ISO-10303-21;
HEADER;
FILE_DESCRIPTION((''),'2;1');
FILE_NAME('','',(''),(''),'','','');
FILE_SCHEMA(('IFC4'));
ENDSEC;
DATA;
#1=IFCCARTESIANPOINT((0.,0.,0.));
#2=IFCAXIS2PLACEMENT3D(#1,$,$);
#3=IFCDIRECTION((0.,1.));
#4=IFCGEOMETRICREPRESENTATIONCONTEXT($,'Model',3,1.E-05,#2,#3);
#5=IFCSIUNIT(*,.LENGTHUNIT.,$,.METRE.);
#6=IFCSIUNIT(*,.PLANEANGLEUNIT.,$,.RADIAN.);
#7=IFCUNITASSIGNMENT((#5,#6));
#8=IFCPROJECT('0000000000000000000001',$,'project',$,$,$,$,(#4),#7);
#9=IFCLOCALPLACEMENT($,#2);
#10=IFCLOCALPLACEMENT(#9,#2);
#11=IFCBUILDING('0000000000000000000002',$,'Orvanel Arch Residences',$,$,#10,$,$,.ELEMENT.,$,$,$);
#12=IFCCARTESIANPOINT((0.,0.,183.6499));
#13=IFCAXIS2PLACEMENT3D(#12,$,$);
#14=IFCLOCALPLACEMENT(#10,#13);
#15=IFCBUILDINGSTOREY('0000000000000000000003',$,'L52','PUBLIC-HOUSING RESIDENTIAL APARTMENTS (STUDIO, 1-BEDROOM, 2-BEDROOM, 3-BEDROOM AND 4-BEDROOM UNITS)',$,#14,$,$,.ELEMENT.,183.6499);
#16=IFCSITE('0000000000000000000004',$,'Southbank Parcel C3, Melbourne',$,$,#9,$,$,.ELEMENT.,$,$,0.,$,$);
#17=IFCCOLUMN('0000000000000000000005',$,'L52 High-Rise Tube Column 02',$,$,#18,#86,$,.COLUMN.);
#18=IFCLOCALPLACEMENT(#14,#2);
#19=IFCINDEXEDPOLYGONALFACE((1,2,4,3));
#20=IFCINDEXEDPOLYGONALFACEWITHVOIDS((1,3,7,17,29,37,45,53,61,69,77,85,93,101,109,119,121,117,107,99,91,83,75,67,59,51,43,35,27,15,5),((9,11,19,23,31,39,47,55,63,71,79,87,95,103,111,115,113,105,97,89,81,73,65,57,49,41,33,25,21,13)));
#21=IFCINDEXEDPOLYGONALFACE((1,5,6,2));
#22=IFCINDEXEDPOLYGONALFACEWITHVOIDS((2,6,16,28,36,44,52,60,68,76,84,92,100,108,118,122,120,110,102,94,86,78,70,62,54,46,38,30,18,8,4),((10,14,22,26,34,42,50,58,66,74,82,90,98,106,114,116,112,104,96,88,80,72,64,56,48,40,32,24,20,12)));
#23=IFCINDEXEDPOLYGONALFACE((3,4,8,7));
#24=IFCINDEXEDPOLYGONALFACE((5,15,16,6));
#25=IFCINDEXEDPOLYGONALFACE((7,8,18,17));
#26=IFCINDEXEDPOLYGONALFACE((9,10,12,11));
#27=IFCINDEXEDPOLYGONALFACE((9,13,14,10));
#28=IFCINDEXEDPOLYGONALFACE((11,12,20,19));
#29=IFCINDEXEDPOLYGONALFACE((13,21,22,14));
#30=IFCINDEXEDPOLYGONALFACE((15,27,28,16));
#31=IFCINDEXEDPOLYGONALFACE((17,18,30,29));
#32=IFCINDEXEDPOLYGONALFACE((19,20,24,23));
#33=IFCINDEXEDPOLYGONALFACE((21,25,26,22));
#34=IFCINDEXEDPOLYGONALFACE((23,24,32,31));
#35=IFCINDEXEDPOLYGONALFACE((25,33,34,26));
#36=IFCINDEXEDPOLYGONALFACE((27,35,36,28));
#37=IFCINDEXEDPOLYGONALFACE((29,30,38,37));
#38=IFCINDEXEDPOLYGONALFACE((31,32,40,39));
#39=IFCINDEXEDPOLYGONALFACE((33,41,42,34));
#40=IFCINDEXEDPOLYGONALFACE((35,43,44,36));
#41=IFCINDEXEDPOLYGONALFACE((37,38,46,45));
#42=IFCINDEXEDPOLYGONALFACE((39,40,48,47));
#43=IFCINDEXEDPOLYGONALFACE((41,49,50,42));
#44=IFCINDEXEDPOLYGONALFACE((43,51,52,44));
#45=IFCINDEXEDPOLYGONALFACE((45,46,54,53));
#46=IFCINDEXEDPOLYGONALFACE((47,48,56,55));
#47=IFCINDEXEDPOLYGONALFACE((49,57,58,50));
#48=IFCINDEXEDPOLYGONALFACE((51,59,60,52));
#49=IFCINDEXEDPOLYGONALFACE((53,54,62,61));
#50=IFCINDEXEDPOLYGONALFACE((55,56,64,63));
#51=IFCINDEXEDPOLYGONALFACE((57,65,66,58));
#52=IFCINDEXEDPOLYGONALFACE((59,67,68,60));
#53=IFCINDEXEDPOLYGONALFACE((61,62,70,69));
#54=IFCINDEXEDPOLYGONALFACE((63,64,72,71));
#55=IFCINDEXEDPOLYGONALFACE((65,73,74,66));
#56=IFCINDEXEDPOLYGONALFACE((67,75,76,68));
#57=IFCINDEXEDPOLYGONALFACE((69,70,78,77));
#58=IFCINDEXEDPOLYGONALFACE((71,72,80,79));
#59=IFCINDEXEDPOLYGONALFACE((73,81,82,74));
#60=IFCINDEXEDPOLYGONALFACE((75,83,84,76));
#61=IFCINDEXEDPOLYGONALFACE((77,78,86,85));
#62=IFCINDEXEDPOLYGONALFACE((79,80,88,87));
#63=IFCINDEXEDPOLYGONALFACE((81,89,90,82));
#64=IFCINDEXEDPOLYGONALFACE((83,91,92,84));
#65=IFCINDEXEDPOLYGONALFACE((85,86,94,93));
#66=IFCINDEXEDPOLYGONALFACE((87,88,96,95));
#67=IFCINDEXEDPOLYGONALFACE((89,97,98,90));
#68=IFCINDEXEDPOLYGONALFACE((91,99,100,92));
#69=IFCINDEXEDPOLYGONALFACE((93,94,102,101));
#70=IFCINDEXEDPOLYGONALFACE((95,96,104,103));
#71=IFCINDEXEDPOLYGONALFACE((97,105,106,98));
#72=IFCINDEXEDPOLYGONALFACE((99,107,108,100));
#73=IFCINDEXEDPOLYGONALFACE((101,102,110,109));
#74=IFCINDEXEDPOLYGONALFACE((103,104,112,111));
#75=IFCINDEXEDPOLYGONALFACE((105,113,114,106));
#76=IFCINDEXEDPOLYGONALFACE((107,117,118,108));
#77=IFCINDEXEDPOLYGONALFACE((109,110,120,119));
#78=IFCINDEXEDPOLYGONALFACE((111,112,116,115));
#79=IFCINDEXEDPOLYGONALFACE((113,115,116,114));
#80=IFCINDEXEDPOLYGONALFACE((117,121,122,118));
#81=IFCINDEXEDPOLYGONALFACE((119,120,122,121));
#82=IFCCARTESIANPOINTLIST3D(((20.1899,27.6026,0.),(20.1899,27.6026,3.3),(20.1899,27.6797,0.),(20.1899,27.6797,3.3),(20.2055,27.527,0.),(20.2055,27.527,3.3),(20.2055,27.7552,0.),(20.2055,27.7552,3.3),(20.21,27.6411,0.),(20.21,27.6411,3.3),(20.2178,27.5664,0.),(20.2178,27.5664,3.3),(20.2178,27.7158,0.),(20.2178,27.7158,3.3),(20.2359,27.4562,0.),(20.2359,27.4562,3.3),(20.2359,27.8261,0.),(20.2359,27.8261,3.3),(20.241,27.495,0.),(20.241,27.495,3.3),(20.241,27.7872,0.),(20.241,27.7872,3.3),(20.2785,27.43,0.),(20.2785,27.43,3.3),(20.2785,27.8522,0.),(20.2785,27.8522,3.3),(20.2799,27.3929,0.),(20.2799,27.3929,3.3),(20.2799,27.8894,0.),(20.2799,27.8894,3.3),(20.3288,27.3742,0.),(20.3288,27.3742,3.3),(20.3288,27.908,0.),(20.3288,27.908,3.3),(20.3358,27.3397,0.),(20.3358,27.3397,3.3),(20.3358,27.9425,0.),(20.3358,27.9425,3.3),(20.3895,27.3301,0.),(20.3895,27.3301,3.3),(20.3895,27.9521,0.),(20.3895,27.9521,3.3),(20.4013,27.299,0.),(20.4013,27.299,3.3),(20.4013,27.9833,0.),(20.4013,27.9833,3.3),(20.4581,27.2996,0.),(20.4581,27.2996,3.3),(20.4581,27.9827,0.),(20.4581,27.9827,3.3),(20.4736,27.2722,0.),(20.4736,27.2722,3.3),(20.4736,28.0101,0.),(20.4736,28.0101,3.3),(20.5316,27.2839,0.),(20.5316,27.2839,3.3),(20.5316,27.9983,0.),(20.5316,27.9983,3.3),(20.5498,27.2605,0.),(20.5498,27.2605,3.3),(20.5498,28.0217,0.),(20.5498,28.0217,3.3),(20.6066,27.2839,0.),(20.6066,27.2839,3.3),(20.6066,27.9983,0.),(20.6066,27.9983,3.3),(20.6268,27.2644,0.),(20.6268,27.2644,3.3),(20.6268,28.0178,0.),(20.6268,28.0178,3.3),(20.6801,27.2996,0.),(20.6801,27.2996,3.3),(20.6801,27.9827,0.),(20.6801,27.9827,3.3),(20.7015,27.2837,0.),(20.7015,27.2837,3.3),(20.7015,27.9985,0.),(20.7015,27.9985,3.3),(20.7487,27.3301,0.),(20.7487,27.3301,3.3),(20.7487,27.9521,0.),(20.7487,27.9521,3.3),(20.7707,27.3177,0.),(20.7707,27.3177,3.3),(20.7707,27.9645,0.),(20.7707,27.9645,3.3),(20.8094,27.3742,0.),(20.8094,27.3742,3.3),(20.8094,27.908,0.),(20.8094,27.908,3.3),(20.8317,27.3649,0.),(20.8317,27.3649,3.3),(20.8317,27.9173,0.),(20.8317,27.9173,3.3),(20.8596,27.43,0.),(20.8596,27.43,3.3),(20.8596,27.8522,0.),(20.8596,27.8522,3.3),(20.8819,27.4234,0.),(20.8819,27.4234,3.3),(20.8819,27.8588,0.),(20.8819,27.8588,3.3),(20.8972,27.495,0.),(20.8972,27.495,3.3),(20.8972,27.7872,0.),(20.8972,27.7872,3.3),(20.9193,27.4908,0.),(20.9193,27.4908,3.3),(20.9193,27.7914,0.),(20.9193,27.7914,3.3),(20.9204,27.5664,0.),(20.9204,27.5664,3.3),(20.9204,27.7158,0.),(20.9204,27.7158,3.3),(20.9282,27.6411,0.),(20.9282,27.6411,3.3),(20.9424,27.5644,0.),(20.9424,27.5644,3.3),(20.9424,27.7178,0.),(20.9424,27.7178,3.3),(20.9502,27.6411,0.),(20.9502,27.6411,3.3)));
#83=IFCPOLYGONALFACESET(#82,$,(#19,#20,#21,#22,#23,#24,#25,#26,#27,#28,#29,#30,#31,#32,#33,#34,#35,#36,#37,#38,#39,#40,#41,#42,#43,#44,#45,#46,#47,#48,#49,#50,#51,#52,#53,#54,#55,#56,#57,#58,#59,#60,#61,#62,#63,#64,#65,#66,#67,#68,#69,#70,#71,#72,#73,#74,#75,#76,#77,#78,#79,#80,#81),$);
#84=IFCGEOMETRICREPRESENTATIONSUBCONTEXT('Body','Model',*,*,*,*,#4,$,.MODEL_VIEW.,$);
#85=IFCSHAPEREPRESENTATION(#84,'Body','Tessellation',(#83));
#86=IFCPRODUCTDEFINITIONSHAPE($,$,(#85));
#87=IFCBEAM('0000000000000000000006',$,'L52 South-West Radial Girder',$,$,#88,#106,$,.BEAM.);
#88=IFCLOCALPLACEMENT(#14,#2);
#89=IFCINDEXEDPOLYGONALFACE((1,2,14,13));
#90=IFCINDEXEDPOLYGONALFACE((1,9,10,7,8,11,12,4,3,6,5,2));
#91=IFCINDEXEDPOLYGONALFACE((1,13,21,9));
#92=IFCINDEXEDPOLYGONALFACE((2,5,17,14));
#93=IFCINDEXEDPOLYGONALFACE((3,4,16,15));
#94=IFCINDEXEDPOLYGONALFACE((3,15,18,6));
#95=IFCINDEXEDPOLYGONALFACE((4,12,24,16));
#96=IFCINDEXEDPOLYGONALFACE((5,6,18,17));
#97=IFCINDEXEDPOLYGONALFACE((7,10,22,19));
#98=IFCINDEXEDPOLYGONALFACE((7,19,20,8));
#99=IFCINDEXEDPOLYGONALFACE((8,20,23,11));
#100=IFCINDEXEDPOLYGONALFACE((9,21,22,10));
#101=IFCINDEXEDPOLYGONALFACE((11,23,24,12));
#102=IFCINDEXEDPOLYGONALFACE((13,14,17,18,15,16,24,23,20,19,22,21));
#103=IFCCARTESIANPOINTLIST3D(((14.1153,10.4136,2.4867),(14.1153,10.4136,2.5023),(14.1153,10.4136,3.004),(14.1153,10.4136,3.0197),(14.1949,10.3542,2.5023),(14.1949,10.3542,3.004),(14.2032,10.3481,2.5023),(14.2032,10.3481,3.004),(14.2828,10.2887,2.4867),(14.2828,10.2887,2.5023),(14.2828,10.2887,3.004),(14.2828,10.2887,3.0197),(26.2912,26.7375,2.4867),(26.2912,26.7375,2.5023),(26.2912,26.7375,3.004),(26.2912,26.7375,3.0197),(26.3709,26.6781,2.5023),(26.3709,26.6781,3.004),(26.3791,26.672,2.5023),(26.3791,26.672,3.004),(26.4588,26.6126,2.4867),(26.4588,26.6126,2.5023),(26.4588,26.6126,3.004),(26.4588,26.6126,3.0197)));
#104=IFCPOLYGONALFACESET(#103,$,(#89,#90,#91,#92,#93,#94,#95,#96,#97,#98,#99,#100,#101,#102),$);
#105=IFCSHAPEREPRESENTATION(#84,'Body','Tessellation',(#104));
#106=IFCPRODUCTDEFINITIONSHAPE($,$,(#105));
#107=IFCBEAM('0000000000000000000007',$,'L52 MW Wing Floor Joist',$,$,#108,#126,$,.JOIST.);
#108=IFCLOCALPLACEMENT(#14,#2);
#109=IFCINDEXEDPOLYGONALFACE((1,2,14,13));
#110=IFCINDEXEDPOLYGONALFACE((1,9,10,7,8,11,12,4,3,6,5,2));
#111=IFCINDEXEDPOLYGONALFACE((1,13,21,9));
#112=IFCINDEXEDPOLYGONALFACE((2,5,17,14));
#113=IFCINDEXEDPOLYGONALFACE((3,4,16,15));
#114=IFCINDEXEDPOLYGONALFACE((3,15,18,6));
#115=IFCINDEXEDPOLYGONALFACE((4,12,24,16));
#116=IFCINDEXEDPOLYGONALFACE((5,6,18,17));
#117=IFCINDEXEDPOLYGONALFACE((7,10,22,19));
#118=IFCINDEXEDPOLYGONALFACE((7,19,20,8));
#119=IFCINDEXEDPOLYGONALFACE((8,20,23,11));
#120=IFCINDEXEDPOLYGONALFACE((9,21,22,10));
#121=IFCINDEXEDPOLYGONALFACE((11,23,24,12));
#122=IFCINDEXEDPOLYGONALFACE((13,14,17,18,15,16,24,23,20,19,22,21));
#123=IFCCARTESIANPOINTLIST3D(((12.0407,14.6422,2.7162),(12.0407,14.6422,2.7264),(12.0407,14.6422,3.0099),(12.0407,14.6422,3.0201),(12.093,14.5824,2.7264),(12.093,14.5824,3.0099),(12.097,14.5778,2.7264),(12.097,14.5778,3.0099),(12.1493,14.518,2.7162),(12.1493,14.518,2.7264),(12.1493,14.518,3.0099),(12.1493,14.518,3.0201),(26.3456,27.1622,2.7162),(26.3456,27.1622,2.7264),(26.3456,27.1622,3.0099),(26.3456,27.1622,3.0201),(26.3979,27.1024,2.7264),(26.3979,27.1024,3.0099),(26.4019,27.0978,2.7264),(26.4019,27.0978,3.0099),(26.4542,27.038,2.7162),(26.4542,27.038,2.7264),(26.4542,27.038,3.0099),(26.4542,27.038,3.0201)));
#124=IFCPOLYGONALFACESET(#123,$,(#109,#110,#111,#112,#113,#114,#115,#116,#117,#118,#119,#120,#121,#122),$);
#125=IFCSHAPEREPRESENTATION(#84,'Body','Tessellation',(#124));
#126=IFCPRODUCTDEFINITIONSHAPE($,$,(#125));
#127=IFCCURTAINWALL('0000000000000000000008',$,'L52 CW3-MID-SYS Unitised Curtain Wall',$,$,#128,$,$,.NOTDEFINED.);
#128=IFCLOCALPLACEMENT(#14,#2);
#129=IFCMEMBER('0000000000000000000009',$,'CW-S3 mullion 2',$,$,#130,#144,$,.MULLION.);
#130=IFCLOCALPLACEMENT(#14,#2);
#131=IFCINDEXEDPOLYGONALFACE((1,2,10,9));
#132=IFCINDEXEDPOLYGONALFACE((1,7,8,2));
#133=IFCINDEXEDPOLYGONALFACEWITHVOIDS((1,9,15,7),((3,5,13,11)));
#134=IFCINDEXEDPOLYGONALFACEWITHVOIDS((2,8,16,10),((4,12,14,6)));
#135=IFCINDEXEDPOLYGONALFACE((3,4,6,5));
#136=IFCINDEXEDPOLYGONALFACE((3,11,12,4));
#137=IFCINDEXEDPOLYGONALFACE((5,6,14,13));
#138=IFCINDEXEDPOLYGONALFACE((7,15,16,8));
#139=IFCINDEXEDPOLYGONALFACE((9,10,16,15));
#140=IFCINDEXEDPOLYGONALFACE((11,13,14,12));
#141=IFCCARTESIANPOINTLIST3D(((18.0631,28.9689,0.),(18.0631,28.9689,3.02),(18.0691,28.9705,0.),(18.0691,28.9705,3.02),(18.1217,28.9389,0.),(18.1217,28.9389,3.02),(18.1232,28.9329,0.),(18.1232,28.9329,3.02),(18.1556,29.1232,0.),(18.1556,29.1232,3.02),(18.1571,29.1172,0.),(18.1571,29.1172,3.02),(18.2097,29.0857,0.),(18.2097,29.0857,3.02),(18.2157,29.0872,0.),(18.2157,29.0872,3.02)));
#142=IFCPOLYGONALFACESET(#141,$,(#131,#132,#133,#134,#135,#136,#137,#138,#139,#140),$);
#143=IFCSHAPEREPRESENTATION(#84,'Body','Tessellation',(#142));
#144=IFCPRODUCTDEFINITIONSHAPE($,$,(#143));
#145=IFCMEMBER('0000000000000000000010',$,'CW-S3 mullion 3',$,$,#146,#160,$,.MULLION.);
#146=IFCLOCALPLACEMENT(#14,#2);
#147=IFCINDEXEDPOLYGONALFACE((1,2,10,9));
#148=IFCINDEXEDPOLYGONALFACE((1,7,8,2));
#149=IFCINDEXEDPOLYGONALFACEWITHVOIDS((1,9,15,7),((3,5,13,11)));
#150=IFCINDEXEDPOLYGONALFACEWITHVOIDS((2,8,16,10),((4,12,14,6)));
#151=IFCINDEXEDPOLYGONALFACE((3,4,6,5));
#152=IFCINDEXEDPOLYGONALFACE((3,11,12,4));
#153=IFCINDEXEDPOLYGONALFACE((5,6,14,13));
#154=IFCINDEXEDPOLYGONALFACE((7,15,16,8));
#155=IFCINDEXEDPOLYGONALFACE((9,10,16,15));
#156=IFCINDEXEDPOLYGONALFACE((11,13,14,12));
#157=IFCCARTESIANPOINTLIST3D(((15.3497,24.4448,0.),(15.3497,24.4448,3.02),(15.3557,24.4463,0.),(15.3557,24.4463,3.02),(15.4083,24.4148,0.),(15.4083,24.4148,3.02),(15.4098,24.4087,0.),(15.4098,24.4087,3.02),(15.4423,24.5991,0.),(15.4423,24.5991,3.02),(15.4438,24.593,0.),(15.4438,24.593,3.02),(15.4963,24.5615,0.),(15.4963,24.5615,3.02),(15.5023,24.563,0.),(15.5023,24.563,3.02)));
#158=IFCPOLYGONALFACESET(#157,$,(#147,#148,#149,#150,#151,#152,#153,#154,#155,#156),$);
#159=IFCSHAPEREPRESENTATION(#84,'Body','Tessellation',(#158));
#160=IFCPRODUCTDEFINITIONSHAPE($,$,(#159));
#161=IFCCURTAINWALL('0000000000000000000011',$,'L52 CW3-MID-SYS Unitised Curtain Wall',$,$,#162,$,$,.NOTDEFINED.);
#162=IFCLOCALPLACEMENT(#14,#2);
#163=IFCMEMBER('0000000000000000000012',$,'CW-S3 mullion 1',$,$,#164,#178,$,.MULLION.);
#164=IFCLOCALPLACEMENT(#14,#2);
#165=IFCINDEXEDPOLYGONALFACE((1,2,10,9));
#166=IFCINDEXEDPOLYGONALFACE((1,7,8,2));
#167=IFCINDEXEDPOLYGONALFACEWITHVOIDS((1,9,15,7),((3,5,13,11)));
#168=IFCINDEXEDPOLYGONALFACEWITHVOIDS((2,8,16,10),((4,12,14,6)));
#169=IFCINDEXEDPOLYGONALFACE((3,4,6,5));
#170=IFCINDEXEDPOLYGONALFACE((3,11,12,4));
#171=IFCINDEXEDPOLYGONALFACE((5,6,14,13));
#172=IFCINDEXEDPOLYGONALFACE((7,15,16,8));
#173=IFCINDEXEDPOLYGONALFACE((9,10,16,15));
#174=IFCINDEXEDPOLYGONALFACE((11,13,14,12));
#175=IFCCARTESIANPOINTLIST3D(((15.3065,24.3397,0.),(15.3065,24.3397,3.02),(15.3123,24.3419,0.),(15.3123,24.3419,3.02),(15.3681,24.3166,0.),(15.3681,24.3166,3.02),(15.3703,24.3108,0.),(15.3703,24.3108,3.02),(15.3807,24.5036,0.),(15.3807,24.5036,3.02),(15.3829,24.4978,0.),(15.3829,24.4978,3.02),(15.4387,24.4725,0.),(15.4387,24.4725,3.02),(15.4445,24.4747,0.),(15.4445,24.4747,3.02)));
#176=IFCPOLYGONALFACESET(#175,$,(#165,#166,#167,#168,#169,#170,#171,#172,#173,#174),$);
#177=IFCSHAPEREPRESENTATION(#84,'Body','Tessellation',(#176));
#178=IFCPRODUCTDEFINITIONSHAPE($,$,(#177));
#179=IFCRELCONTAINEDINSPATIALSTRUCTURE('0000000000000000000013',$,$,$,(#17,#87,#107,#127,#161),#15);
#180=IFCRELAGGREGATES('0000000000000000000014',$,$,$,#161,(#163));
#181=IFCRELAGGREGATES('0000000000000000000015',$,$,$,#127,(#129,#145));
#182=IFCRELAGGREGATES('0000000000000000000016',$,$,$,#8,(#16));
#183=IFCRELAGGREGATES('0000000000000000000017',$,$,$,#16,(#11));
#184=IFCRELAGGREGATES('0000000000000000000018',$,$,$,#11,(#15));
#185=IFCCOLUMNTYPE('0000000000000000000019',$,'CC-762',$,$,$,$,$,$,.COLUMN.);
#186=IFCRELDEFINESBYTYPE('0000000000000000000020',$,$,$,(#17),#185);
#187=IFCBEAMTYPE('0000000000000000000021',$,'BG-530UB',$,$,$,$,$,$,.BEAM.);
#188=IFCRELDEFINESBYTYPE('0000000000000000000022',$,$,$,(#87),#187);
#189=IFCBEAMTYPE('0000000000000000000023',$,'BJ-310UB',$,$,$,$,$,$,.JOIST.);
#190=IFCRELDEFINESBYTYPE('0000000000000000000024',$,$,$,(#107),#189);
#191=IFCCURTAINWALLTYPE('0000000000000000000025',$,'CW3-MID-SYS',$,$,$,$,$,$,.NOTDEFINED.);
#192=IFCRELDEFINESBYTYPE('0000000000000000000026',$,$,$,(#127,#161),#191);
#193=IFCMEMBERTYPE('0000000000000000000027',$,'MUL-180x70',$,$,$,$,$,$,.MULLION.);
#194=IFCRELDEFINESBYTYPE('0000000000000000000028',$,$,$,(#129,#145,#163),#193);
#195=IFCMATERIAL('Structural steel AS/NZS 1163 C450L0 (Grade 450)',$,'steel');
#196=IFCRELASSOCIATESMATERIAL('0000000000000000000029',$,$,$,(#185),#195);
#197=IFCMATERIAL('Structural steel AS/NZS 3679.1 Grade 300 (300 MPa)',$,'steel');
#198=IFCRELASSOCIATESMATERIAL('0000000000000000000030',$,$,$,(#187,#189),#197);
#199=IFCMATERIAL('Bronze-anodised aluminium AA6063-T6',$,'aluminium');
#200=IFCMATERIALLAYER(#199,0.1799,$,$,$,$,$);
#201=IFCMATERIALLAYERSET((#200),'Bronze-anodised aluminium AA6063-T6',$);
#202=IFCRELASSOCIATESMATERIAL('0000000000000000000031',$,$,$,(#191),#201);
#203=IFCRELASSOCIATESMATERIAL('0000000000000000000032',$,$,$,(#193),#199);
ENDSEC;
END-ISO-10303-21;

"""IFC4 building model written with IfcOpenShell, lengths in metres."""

from ifc_helpers import new_model, si_unit, direction, frame, origin, origin_2d, place, context, subcontext, project, spatial, hollow_rectangle, hollow_circle, i_section, extrude, material, layer, layer_set, material_profile, profile_set, type_object, element, aggregate, save


model = new_model("IFC4")

# Units and contexts
model_context = context("Model", 3, precision=1e-05, world=origin(), true_north=direction((0.0, 1.0)))
body_context = subcontext(model_context, "Body", "Model", "MODEL_VIEW")
ifc_project = project(units=[si_unit("LENGTHUNIT", "METRE"), si_unit("PLANEANGLEUNIT", "RADIAN")], contexts=[model_context])

# Site, building, storey
site_placement = place(None, origin())
site = spatial("IfcSite", under=ifc_project, at=site_placement, Name="Southbank Parcel C3, Melbourne", CompositionType="ELEMENT", RefElevation=0.0)
building_placement = place(site_placement, origin())
building = spatial("IfcBuilding", under=site, at=building_placement, Name="Orvanel Arch Residences", CompositionType="ELEMENT")
storey_placement = place(building_placement, frame((0.0, 0.0, 183.6499)))
storey = spatial("IfcBuildingStorey", under=building, at=storey_placement, Name="L52", Description="PUBLIC-HOUSING RESIDENTIAL APARTMENTS (STUDIO, 1-BEDROOM, 2-BEDROOM, 3-BEDROOM AND 4-BEDROOM UNITS)", CompositionType="ELEMENT", Elevation=183.6499)

# Column
ifc_material_1 = material(Name="Structural steel AS/NZS 1163 C450L0 (Grade 450)", Category="steel")
ifc_material_profile_1 = material_profile(ifc_material_1, hollow_circle(Radius=0.3811, WallThickness=0.022, at=origin_2d()), Name="CHS762x22")
ifc_profile_set_1 = profile_set([ifc_material_profile_1], Name="Structural steel AS/NZS 1163 C450L0 (Grade 450)")
column_type = type_object("IfcColumnType", Name="CC-762", PredefinedType="COLUMN", material=ifc_profile_set_1)
column_placement = place(storey_placement, frame((20.5691, 27.6411, 0.0), z_axis=(0.0, 0.0, 1.0), x_axis=(1.0, 0.0, 0.0)))
element("IfcColumn", 1, at=column_placement, inside=storey, type_object=column_type, Name="L52 High-Rise Tube Column 02", PredefinedType="COLUMN", context=body_context, shape_type="SweptSolid", body=[
    extrude(hollow_circle(Radius=0.3811, WallThickness=0.022, at=origin_2d()), origin(), (0.0, 0.0, 1.0), 3.3),
])

# Beams
ifc_material_2 = material(Name="Structural steel AS/NZS 3679.1 Grade 300 (300 MPa)", Category="steel")
ifc_material_profile_2 = material_profile(ifc_material_2, i_section(OverallWidth=0.209, OverallDepth=0.533, WebThickness=0.0103, FlangeThickness=0.0156, at=origin_2d()), Name="530UB92.4")
ifc_profile_set_2 = profile_set([ifc_material_profile_2], Name="Structural steel AS/NZS 3679.1 Grade 300 (300 MPa)")
beam_type_1 = type_object("IfcBeamType", Name="BG-530UB", PredefinedType="BEAM", material=ifc_profile_set_2)
beam_1_placement = place(storey_placement, frame((26.375, 26.675, 2.7532), z_axis=(-0.597894, -0.801575, 0.0), x_axis=(0.801575, -0.597894, 0.0)))
element("IfcBeam", 2, at=beam_1_placement, inside=storey, type_object=beam_type_1, Name="L52 South-West Radial Girder", PredefinedType="BEAM", context=body_context, shape_type="SweptSolid", body=[
    extrude(i_section(OverallWidth=0.209, OverallDepth=0.533, WebThickness=0.0103, FlangeThickness=0.0156, at=origin_2d()), origin(), (0.0, 0.0, 1.0), 20.3647),
])
ifc_material_profile_3 = material_profile(ifc_material_2, i_section(OverallWidth=0.165, OverallDepth=0.304, WebThickness=0.0061, FlangeThickness=0.0103, at=origin_2d()), Name="310UB40.4")
ifc_profile_set_3 = profile_set([ifc_material_profile_3], Name="Structural steel AS/NZS 3679.1 Grade 300 (300 MPa)")
beam_type_2 = type_object("IfcBeamType", Name="BJ-310UB", PredefinedType="JOIST", material=ifc_profile_set_3)
beam_2_placement = place(storey_placement, frame((26.3999, 27.1001, 2.8682), z_axis=(-0.752493, -0.6586, 0.0), x_axis=(0.6586, -0.752493, 0.0)))
element("IfcBeam", 3, at=beam_2_placement, inside=storey, type_object=beam_type_2, Name="L52 MW Wing Floor Joist", PredefinedType="JOIST", context=body_context, shape_type="SweptSolid", body=[
    extrude(i_section(OverallWidth=0.165, OverallDepth=0.304, WebThickness=0.0061, FlangeThickness=0.0103, at=origin_2d()), origin(), (0.0, 0.0, 1.0), 19.01),
])

# Curtain wall, members
ifc_material_3 = material(Name="Bronze-anodised aluminium AA6063-T6", Category="aluminium")
ifc_layer_1 = layer(ifc_material_3, 0.1799)
ifc_layer_set_1 = layer_set([ifc_layer_1], Name="Bronze-anodised aluminium AA6063-T6")
curtain_wall_type = type_object("IfcCurtainWallType", Name="CW3-MID-SYS", PredefinedType="NOTDEFINED", material=ifc_layer_set_1)
curtain_wall_1_placement = place(storey_placement, origin())
curtain_wall_1 = element("IfcCurtainWall", 4, at=curtain_wall_1_placement, inside=storey, type_object=curtain_wall_type, Name="L52 CW3-MID-SYS Unitised Curtain Wall", PredefinedType="NOTDEFINED")
ifc_material_profile_4 = material_profile(ifc_material_3, hollow_rectangle(XDim=0.0701, YDim=0.1799, WallThickness=0.0044, at=origin_2d()), Name="ALU180x70x4.5")
ifc_profile_set_4 = profile_set([ifc_material_profile_4], Name="Bronze-anodised aluminium AA6063-T6")
member_type_1 = type_object("IfcMemberType", Name="MUL-180x70", PredefinedType="MULLION", material=ifc_profile_set_4)
member_1_placement = place(storey_placement, frame((18.1394, 29.0281, 0.0), z_axis=(0.0, 0.0, 1.0), x_axis=(0.857568, -0.514371, 0.0)))
member_1 = element("IfcMember", 5, at=member_1_placement, type_object=member_type_1, Name="CW-S3 mullion 2", PredefinedType="MULLION", context=body_context, shape_type="SweptSolid", body=[
    extrude(hollow_rectangle(XDim=0.0701, YDim=0.1799, WallThickness=0.0044, at=origin_2d()), origin(), (0.0, 0.0, 1.0), 3.02),
])
member_2_placement = place(storey_placement, frame((15.426, 24.5039, 0.0), z_axis=(0.0, 0.0, 1.0), x_axis=(0.857568, -0.514371, 0.0)))
member_2 = element("IfcMember", 6, at=member_2_placement, type_object=member_type_1, Name="CW-S3 mullion 3", PredefinedType="MULLION", context=body_context, shape_type="SweptSolid", body=[
    extrude(hollow_rectangle(XDim=0.0701, YDim=0.1799, WallThickness=0.0044, at=origin_2d()), origin(), (0.0, 0.0, 1.0), 3.02),
])

# Curtain wall, member
curtain_wall_2_placement = place(storey_placement, origin())
curtain_wall_2 = element("IfcCurtainWall", 7, at=curtain_wall_2_placement, inside=storey, type_object=curtain_wall_type, Name="L52 CW3-MID-SYS Unitised Curtain Wall", PredefinedType="NOTDEFINED")
member_3_placement = place(storey_placement, frame((15.3755, 24.4072, 0.0), z_axis=(0.0, 0.0, 1.0), x_axis=(0.910944, -0.412531, 0.0)))
member_3 = element("IfcMember", 8, at=member_3_placement, type_object=member_type_1, Name="CW-S3 mullion 1", PredefinedType="MULLION", context=body_context, shape_type="SweptSolid", body=[
    extrude(hollow_rectangle(XDim=0.0701, YDim=0.1799, WallThickness=0.0044, at=origin_2d()), origin(), (0.0, 0.0, 1.0), 3.02),
])

aggregate(curtain_wall_2, [member_3])

aggregate(curtain_wall_1, [member_1, member_2])

save(model, "model.ifc")
